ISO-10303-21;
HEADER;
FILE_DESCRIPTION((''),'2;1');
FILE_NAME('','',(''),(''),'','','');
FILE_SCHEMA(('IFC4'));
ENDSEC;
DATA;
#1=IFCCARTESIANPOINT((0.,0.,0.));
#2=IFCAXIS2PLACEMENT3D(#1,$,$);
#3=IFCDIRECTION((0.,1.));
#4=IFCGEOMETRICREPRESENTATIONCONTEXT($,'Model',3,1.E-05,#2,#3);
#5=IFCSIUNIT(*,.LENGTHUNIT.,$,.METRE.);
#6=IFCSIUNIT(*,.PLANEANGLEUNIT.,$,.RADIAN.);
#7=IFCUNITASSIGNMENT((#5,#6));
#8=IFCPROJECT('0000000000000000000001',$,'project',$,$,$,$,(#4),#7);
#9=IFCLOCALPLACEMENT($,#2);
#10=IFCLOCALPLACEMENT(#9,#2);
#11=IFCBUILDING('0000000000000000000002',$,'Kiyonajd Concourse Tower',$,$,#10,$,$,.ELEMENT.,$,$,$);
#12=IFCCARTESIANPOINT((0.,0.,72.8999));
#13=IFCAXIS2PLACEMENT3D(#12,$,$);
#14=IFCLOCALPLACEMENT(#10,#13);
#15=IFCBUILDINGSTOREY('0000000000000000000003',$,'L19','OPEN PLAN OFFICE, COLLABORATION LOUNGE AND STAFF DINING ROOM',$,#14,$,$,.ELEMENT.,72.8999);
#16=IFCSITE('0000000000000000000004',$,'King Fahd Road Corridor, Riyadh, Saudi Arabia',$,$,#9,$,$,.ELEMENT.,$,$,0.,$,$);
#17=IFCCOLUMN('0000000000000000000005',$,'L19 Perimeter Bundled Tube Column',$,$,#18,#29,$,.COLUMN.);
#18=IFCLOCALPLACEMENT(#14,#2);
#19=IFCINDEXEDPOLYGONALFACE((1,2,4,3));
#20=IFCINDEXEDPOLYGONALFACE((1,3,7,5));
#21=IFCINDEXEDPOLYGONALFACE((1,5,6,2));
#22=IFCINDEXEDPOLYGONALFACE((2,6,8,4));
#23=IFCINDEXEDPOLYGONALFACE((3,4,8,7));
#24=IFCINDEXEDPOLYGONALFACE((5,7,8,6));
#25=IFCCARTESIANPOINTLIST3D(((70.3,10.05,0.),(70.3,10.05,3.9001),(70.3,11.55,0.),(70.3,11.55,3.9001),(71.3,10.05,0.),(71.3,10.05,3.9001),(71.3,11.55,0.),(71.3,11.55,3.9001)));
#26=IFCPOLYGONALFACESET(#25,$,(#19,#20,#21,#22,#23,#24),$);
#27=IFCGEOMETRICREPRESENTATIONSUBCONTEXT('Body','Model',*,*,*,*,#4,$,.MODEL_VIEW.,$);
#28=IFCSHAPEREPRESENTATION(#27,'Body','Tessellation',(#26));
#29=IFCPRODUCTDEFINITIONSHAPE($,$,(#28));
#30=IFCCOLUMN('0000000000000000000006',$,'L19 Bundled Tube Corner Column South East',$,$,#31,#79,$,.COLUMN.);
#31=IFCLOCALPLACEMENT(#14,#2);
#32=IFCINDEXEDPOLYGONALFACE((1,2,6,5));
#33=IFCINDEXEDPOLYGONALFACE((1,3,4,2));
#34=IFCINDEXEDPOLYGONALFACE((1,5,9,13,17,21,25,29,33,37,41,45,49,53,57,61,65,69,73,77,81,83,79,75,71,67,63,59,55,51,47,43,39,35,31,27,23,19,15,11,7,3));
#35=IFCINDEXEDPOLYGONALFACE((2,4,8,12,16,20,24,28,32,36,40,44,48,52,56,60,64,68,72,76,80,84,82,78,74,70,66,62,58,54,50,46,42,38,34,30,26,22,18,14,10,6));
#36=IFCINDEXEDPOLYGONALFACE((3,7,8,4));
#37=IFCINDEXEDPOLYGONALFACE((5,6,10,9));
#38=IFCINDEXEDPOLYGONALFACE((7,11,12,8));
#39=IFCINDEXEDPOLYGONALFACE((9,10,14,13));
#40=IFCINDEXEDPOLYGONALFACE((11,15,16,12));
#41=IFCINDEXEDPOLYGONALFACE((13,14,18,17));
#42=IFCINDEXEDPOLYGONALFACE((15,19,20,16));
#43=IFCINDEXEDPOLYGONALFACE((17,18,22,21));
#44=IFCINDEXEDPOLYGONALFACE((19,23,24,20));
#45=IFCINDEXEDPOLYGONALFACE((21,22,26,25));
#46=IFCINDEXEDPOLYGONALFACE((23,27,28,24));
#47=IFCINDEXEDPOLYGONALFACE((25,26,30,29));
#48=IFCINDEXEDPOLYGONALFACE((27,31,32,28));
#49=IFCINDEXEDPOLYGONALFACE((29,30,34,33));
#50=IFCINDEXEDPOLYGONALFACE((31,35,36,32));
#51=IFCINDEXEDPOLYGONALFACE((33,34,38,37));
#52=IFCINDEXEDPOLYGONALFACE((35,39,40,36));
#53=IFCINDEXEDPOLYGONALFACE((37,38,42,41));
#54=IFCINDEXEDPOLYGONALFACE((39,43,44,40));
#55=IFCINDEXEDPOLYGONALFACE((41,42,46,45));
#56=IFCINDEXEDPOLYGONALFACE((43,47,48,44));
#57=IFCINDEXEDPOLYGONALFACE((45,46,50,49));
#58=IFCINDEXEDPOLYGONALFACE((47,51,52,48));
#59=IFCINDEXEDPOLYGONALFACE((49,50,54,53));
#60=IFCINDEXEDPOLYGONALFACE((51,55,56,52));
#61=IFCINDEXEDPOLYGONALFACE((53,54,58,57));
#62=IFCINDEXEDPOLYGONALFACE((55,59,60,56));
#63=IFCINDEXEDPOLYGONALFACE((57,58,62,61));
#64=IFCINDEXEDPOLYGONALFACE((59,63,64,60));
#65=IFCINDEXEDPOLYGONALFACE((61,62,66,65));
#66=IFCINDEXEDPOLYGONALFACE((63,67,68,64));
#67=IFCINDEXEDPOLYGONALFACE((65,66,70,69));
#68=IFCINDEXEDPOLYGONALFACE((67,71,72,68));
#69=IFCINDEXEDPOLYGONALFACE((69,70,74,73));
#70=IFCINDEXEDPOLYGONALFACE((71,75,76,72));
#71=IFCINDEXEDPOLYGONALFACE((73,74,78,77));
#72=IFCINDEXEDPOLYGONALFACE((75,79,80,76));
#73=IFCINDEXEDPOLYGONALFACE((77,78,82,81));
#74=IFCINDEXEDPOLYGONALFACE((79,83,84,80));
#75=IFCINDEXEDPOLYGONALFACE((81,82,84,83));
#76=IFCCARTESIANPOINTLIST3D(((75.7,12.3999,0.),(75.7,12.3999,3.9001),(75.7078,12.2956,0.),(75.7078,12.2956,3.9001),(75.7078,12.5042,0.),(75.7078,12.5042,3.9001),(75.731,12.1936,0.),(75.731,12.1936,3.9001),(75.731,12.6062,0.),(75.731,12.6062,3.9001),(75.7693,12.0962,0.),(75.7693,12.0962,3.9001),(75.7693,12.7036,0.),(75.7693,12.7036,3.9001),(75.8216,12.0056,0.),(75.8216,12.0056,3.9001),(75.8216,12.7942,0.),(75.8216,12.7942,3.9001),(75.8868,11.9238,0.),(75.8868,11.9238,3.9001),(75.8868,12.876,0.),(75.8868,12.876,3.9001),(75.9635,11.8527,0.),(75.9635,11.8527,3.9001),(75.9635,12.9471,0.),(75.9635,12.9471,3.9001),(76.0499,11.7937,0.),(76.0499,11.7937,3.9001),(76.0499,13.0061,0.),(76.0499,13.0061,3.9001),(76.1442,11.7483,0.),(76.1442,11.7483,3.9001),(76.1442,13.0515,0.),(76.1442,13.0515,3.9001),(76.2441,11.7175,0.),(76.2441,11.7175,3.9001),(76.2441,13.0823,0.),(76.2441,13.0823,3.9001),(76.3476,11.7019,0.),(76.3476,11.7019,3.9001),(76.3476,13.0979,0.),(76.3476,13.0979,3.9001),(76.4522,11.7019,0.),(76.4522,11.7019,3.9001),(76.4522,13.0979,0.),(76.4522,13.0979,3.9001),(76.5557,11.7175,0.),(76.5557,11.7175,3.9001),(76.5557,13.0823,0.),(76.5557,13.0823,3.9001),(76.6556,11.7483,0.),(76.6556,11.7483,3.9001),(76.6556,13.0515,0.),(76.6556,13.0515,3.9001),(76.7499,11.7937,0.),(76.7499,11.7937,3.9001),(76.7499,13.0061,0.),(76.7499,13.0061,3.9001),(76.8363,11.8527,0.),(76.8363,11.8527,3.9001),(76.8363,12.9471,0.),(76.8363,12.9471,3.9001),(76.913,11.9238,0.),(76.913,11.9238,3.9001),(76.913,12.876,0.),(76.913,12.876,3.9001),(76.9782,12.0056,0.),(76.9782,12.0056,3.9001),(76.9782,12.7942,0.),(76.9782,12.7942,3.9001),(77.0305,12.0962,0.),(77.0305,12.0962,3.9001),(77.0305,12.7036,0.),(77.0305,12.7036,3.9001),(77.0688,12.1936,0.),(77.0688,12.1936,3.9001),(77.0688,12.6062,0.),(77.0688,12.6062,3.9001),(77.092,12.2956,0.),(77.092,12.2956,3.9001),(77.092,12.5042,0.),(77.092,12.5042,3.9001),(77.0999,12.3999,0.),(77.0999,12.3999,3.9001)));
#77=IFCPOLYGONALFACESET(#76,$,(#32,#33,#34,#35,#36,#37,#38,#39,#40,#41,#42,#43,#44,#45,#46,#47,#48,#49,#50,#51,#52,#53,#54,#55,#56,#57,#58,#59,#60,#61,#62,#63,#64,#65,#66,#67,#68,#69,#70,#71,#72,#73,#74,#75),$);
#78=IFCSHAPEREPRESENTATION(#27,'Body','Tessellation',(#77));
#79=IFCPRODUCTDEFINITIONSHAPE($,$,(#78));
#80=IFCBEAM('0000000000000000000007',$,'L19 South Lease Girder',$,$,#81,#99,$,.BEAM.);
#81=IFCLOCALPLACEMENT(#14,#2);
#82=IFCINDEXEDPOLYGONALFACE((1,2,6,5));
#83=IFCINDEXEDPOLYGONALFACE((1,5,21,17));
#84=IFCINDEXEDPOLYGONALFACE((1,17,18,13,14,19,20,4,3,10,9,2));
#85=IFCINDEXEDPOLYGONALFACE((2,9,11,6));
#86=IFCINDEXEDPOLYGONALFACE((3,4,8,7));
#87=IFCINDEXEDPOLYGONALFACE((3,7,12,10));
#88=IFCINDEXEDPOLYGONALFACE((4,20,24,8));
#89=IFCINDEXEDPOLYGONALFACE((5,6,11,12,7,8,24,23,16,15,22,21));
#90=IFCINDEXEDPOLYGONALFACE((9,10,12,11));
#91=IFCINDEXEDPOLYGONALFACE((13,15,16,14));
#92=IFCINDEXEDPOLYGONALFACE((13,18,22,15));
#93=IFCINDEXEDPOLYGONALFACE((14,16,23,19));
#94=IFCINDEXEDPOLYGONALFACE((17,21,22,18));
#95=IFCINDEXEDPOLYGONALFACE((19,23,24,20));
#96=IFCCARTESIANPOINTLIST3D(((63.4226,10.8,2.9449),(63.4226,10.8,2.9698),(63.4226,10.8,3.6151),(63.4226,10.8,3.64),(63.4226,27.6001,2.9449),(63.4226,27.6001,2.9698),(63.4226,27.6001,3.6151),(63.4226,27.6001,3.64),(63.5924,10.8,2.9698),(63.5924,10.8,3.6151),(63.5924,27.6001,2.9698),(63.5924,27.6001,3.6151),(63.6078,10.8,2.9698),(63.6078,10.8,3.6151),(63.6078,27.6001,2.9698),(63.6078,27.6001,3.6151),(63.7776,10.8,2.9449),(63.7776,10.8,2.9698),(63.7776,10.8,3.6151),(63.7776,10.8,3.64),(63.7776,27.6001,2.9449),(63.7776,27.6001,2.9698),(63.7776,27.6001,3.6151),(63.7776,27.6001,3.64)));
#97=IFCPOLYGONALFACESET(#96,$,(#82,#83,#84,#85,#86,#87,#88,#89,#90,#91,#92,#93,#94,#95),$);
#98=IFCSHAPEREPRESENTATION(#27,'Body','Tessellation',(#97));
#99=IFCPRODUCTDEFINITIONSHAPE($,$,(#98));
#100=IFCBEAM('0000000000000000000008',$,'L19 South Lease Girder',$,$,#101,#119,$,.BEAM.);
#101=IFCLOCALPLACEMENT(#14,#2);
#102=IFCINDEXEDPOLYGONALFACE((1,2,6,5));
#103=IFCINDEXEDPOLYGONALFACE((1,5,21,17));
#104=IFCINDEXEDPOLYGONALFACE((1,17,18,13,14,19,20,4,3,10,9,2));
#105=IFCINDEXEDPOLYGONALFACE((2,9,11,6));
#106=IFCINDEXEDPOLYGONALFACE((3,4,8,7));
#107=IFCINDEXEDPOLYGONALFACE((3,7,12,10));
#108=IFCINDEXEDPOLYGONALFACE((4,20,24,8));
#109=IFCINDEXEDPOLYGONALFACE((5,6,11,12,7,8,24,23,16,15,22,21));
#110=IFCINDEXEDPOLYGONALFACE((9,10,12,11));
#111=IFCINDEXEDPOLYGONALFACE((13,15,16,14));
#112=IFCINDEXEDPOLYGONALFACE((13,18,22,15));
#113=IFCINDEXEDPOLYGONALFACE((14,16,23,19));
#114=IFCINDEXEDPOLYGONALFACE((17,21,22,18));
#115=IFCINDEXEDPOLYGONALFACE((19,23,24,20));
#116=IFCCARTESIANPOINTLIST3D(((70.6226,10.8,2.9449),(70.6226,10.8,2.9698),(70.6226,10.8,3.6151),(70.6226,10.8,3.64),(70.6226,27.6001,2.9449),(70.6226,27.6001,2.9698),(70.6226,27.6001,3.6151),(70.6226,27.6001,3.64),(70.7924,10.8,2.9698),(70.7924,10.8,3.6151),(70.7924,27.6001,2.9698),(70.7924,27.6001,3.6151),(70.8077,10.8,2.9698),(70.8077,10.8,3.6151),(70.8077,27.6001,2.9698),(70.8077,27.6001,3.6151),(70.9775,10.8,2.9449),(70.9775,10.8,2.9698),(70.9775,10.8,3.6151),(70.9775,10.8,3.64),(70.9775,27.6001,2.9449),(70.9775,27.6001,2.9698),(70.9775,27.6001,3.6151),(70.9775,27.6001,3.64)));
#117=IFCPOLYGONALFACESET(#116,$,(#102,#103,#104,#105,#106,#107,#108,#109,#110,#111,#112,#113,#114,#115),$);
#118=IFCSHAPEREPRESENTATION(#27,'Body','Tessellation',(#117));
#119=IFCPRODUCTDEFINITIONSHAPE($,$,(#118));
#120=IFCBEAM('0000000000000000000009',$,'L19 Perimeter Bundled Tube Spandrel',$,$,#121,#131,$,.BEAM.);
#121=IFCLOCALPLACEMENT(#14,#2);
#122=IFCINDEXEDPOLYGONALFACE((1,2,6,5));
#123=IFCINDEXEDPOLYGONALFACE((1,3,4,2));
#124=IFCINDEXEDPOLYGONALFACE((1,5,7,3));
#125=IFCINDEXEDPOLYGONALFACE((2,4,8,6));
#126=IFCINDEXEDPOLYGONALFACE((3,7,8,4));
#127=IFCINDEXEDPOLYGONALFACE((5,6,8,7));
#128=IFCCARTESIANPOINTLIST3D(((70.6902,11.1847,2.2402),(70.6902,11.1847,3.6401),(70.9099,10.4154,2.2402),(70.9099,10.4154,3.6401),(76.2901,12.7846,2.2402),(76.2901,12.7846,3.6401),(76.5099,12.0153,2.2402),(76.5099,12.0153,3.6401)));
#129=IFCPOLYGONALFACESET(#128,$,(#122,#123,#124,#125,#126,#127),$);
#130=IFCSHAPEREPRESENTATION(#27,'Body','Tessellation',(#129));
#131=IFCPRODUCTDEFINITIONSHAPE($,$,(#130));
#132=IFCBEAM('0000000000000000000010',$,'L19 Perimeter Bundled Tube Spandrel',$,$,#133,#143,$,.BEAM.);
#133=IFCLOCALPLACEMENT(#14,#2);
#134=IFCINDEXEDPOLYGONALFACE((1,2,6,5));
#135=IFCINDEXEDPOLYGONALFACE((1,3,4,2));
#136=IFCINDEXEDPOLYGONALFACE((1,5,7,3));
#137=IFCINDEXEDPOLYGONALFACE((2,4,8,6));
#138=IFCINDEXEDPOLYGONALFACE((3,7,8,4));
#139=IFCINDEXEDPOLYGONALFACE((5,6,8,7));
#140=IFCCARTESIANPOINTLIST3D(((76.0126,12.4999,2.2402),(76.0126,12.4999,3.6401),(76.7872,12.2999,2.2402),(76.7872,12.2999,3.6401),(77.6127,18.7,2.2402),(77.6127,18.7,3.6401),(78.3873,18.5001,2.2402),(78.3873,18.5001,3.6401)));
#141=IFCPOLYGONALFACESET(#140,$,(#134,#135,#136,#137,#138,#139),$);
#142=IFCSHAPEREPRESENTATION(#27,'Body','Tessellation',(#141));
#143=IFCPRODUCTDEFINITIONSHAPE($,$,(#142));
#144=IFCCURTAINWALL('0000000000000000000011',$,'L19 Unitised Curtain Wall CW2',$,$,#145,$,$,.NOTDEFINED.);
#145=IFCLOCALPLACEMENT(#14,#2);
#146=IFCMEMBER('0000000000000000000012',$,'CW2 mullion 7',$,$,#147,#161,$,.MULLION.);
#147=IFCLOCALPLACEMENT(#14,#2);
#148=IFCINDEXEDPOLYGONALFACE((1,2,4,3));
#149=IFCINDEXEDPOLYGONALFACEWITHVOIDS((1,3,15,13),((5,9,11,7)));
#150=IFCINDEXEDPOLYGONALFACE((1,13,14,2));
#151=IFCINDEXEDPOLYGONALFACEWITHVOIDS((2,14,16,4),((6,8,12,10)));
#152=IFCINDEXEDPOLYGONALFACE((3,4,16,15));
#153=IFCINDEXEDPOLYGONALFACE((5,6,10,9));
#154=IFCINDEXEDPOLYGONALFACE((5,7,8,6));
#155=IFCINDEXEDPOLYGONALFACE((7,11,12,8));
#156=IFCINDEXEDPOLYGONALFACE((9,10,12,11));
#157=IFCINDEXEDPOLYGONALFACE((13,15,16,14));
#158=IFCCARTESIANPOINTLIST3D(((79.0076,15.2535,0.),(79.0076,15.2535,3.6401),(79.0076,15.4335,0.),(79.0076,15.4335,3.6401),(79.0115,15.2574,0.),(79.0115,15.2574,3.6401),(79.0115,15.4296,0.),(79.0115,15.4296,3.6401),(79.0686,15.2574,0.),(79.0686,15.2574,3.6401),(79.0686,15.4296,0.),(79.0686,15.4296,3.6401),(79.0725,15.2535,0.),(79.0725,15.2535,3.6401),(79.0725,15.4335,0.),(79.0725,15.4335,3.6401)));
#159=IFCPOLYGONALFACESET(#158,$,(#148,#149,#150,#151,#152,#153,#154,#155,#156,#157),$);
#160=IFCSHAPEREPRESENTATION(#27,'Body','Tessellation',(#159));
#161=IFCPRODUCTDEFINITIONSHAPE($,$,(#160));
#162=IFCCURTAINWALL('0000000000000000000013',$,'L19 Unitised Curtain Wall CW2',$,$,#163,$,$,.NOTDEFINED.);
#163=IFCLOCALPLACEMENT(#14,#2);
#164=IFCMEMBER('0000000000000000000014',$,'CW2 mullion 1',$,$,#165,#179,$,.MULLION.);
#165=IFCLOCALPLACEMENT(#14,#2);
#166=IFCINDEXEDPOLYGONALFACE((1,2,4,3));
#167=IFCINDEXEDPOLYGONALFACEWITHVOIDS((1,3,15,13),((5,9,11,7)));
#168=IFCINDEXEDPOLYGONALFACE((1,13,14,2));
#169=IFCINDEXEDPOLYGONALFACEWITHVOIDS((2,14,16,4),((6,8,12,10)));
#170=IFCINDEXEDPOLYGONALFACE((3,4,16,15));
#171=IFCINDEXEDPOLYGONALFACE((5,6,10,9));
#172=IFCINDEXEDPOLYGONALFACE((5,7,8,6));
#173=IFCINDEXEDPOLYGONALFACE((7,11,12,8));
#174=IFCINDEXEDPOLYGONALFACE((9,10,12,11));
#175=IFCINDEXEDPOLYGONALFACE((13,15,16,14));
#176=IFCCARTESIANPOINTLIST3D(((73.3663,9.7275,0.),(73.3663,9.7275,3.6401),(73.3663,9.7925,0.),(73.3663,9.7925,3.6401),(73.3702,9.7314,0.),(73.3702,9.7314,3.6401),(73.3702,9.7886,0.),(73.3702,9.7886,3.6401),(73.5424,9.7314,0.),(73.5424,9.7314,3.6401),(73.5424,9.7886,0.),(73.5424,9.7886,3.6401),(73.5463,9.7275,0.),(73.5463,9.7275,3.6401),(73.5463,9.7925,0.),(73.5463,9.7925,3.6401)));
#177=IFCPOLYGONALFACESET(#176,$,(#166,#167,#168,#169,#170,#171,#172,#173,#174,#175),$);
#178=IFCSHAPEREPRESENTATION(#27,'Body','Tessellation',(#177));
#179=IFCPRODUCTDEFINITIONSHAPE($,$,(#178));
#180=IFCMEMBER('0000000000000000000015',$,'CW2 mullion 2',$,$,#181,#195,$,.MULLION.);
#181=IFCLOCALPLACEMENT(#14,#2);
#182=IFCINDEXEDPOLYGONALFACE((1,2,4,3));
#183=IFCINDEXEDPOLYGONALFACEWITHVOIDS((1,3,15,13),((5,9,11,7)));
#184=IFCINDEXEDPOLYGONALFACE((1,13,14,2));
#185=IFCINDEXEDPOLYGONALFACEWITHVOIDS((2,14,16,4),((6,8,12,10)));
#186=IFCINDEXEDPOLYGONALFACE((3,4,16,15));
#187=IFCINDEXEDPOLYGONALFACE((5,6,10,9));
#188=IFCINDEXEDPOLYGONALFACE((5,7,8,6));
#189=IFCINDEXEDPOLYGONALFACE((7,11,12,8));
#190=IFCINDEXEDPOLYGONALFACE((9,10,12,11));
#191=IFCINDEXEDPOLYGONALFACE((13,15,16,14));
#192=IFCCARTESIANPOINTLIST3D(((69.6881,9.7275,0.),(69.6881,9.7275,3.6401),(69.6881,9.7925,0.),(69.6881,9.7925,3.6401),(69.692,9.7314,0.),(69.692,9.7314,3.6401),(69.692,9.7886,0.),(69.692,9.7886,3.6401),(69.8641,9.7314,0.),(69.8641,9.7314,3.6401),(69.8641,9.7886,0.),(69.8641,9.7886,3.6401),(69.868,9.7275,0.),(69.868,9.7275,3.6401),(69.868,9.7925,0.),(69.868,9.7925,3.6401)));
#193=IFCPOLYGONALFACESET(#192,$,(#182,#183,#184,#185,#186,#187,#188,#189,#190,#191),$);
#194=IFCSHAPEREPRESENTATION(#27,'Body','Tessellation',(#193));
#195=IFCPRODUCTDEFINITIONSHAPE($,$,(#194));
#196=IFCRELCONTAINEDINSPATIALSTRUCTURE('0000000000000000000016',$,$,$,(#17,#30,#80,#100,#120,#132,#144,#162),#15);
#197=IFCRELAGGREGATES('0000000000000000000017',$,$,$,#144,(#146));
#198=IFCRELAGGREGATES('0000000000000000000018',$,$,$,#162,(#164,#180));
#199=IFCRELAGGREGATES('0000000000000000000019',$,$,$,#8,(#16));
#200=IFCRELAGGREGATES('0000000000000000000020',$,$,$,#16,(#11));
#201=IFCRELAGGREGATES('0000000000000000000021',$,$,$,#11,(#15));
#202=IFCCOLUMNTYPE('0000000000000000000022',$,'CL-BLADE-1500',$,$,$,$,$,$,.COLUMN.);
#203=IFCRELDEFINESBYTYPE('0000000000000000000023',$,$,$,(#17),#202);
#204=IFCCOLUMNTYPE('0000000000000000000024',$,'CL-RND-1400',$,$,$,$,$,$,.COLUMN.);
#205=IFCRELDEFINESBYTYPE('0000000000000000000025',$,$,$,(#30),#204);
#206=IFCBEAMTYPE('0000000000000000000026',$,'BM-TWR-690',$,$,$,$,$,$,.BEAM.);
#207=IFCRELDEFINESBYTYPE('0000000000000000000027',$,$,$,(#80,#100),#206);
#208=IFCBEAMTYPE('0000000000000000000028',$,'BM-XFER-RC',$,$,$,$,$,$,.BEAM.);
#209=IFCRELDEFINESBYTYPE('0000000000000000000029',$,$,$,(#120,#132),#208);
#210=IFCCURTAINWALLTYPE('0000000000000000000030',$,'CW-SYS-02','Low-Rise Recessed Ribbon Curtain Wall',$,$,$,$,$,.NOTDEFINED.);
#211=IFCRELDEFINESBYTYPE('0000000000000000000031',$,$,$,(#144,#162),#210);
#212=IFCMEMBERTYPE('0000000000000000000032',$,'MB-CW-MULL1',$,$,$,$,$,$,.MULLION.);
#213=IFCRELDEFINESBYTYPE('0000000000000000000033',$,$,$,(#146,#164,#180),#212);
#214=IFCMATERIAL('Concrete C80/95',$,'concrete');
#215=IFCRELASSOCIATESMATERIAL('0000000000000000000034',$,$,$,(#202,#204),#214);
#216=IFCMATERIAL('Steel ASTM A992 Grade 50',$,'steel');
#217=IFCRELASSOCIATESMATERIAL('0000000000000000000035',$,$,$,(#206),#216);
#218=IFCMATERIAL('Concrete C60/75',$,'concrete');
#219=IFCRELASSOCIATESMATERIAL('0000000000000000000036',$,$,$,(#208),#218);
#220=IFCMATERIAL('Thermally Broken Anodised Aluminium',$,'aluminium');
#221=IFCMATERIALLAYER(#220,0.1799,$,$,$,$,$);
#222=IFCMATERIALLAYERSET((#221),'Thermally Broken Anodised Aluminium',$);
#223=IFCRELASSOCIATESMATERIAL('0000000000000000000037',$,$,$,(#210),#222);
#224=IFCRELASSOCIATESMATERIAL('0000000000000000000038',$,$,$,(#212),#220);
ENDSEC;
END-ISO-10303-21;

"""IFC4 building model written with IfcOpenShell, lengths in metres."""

from ifc_helpers import new_model, si_unit, direction, frame, origin, origin_2d, place, context, subcontext, project, spatial, rectangle, hollow_rectangle, circle, i_section, extrude, material, layer, layer_set, material_profile, profile_set, type_object, element, aggregate, save


model = new_model("IFC4")

# Units and contexts
model_context = context("Model", 3, precision=1e-05, world=origin(), true_north=direction((0.0, 1.0)))
body_context = subcontext(model_context, "Body", "Model", "MODEL_VIEW")
ifc_project = project(units=[si_unit("LENGTHUNIT", "METRE"), si_unit("PLANEANGLEUNIT", "RADIAN")], contexts=[model_context])

# Site, building, storey
site_placement = place(None, origin())
site = spatial("IfcSite", under=ifc_project, at=site_placement, Name="King Fahd Road Corridor, Riyadh, Saudi Arabia", CompositionType="ELEMENT", RefElevation=0.0)
building_placement = place(site_placement, origin())
building = spatial("IfcBuilding", under=site, at=building_placement, Name="Kiyonajd Concourse Tower", CompositionType="ELEMENT")
storey_placement = place(building_placement, frame((0.0, 0.0, 72.8999)))
storey = spatial("IfcBuildingStorey", under=building, at=storey_placement, Name="L19", Description="OPEN PLAN OFFICE, COLLABORATION LOUNGE AND STAFF DINING ROOM", CompositionType="ELEMENT", Elevation=72.8999)

# Columns
ifc_material_1 = material(Name="Concrete C80/95", Category="concrete")
ifc_material_profile_1 = material_profile(ifc_material_1, rectangle(XDim=1.0, YDim=1.5, at=origin_2d()), Name="RC-1500x1000")
ifc_profile_set_1 = profile_set([ifc_material_profile_1], Name="Concrete C80/95")
column_type_1 = type_object("IfcColumnType", Name="CL-BLADE-1500", PredefinedType="COLUMN", material=ifc_profile_set_1)
column_1_placement = place(storey_placement, frame((70.8, 10.8, 0.0), z_axis=(0.0, 0.0, 1.0), x_axis=(1.0, 0.0, 0.0)))
element("IfcColumn", 1, at=column_1_placement, inside=storey, type_object=column_type_1, Name="L19 Perimeter Bundled Tube Column", PredefinedType="COLUMN", context=body_context, shape_type="SweptSolid", body=[
    extrude(rectangle(XDim=1.0, YDim=1.5, at=origin_2d()), origin(), (0.0, 0.0, 1.0), 3.9001),
])
ifc_material_profile_2 = material_profile(ifc_material_1, circle(Radius=0.7, at=origin_2d()), Name="RCC-D1400")
ifc_profile_set_2 = profile_set([ifc_material_profile_2], Name="Concrete C80/95")
column_type_2 = type_object("IfcColumnType", Name="CL-RND-1400", PredefinedType="COLUMN", material=ifc_profile_set_2)
column_2_placement = place(storey_placement, frame((76.3999, 12.3999, 0.0), z_axis=(0.0, 0.0, 1.0), x_axis=(1.0, 0.0, 0.0)))
element("IfcColumn", 2, at=column_2_placement, inside=storey, type_object=column_type_2, Name="L19 Bundled Tube Corner Column South East", PredefinedType="COLUMN", context=body_context, shape_type="SweptSolid", body=[
    extrude(circle(Radius=0.7, at=origin_2d()), origin(), (0.0, 0.0, 1.0), 3.9001),
])

# Beams
ifc_material_2 = material(Name="Steel ASTM A992 Grade 50", Category="steel")
ifc_material_profile_3 = material_profile(ifc_material_2, i_section(OverallWidth=0.355, OverallDepth=0.6951, WebThickness=0.0154, FlangeThickness=0.0249, at=origin_2d()), Name="W690X217")
ifc_profile_set_3 = profile_set([ifc_material_profile_3], Name="Steel ASTM A992 Grade 50")
beam_type_1 = type_object("IfcBeamType", Name="BM-TWR-690", PredefinedType="BEAM", material=ifc_profile_set_3)
for number, where, z_axis, x_axis, name in (
    (3, (63.6001, 10.8, 3.2925), (0.0, 1.0, 0.0), (-1.0, 0.0, 0.0), "L19 South Lease Girder"),
    (4, (70.8, 10.8, 3.2925), (0.0, 1.0, 0.0), (-1.0, 0.0, 0.0), "L19 South Lease Girder"),
):
    element("IfcBeam", number, at=place(storey_placement, frame(where, z_axis=z_axis, x_axis=x_axis)), inside=storey, type_object=beam_type_1, Name=name, PredefinedType="BEAM", context=body_context, shape_type="SweptSolid", body=[
        extrude(i_section(OverallWidth=0.355, OverallDepth=0.6951, WebThickness=0.0154, FlangeThickness=0.0249, at=origin_2d()), origin(), (0.0, 0.0, 1.0), 16.8),
    ])
ifc_material_3 = material(Name="Concrete C60/75", Category="concrete")
ifc_material_profile_4 = material_profile(ifc_material_3, rectangle(XDim=0.8, YDim=1.3999, at=origin_2d()), Name="RCBM-800x1400")
ifc_profile_set_4 = profile_set([ifc_material_profile_4], Name="Concrete C60/75")
beam_type_2 = type_object("IfcBeamType", Name="BM-XFER-RC", PredefinedType="BEAM", material=ifc_profile_set_4)
beam_1_placement = place(storey_placement, frame((70.8, 10.8, 2.9402), z_axis=(0.961529, 0.274705, 0.0), x_axis=(-0.274705, 0.961529, 0.0)))
element("IfcBeam", 5, at=beam_1_placement, inside=storey, type_object=beam_type_2, Name="L19 Perimeter Bundled Tube Spandrel", PredefinedType="BEAM", context=body_context, shape_type="SweptSolid", body=[
    extrude(rectangle(XDim=0.8, YDim=1.3999, at=origin_2d()), origin(), (0.0, 0.0, 1.0), 5.824),
])
beam_2_placement = place(storey_placement, frame((76.3999, 12.3999, 2.9402), z_axis=(0.249885, 0.968276, 0.0), x_axis=(-0.968276, 0.249885, 0.0)))
element("IfcBeam", 6, at=beam_2_placement, inside=storey, type_object=beam_type_2, Name="L19 Perimeter Bundled Tube Spandrel", PredefinedType="BEAM", context=body_context, shape_type="SweptSolid", body=[
    extrude(rectangle(XDim=0.8, YDim=1.3999, at=origin_2d()), origin(), (0.0, 0.0, 1.0), 6.4033),
])

# Curtain wall, member
ifc_material_4 = material(Name="Thermally Broken Anodised Aluminium", Category="aluminium")
ifc_layer_1 = layer(ifc_material_4, 0.1799)
ifc_layer_set_1 = layer_set([ifc_layer_1], Name="Thermally Broken Anodised Aluminium")
curtain_wall_type = type_object("IfcCurtainWallType", Name="CW-SYS-02", Description="Low-Rise Recessed Ribbon Curtain Wall", PredefinedType="NOTDEFINED", material=ifc_layer_set_1)
curtain_wall_1_placement = place(storey_placement, origin())
curtain_wall_1 = element("IfcCurtainWall", 7, at=curtain_wall_1_placement, inside=storey, type_object=curtain_wall_type, Name="L19 Unitised Curtain Wall CW2", PredefinedType="NOTDEFINED")
ifc_material_profile_5 = material_profile(ifc_material_4, hollow_rectangle(XDim=0.0649, YDim=0.1799, WallThickness=0.0039, at=origin_2d()), Name="MULL-65x180")
ifc_profile_set_5 = profile_set([ifc_material_profile_5], Name="Thermally Broken Anodised Aluminium")
member_type_1 = type_object("IfcMemberType", Name="MB-CW-MULL1", PredefinedType="MULLION", material=ifc_profile_set_5)
member_1_placement = place(storey_placement, frame((79.04, 15.3435, 0.0), z_axis=(0.0, 0.0, 1.0), x_axis=(1.0, 0.0, 0.0)))
member_1 = element("IfcMember", 8, at=member_1_placement, type_object=member_type_1, Name="CW2 mullion 7", PredefinedType="MULLION", context=body_context, shape_type="SweptSolid", body=[
    extrude(hollow_rectangle(XDim=0.0649, YDim=0.1799, WallThickness=0.0039, at=origin_2d()), origin(), (0.0, 0.0, 1.0), 3.6401),
])
aggregate(curtain_wall_1, [member_1])

# Curtain wall, members
curtain_wall_2_placement = place(storey_placement, origin())
curtain_wall_2 = element("IfcCurtainWall", 9, at=curtain_wall_2_placement, inside=storey, type_object=curtain_wall_type, Name="L19 Unitised Curtain Wall CW2", PredefinedType="NOTDEFINED")
member_2_placement = place(storey_placement, frame((73.4563, 9.76, 0.0), z_axis=(0.0, 0.0, 1.0), x_axis=(0.0, -1.0, 0.0)))
member_2 = element("IfcMember", 10, at=member_2_placement, type_object=member_type_1, Name="CW2 mullion 1", PredefinedType="MULLION", context=body_context, shape_type="SweptSolid", body=[
    extrude(hollow_rectangle(XDim=0.0649, YDim=0.1799, WallThickness=0.0039, at=origin_2d()), origin(), (0.0, 0.0, 1.0), 3.6401),
])
member_3_placement = place(storey_placement, frame((69.7781, 9.76, 0.0), z_axis=(0.0, 0.0, 1.0), x_axis=(0.0, -1.0, 0.0)))
member_3 = element("IfcMember", 11, at=member_3_placement, type_object=member_type_1, Name="CW2 mullion 2", PredefinedType="MULLION", context=body_context, shape_type="SweptSolid", body=[
    extrude(hollow_rectangle(XDim=0.0649, YDim=0.1799, WallThickness=0.0039, at=origin_2d()), origin(), (0.0, 0.0, 1.0), 3.6401),
])
aggregate(curtain_wall_2, [member_2, member_3])

save(model, "model.ifc")
